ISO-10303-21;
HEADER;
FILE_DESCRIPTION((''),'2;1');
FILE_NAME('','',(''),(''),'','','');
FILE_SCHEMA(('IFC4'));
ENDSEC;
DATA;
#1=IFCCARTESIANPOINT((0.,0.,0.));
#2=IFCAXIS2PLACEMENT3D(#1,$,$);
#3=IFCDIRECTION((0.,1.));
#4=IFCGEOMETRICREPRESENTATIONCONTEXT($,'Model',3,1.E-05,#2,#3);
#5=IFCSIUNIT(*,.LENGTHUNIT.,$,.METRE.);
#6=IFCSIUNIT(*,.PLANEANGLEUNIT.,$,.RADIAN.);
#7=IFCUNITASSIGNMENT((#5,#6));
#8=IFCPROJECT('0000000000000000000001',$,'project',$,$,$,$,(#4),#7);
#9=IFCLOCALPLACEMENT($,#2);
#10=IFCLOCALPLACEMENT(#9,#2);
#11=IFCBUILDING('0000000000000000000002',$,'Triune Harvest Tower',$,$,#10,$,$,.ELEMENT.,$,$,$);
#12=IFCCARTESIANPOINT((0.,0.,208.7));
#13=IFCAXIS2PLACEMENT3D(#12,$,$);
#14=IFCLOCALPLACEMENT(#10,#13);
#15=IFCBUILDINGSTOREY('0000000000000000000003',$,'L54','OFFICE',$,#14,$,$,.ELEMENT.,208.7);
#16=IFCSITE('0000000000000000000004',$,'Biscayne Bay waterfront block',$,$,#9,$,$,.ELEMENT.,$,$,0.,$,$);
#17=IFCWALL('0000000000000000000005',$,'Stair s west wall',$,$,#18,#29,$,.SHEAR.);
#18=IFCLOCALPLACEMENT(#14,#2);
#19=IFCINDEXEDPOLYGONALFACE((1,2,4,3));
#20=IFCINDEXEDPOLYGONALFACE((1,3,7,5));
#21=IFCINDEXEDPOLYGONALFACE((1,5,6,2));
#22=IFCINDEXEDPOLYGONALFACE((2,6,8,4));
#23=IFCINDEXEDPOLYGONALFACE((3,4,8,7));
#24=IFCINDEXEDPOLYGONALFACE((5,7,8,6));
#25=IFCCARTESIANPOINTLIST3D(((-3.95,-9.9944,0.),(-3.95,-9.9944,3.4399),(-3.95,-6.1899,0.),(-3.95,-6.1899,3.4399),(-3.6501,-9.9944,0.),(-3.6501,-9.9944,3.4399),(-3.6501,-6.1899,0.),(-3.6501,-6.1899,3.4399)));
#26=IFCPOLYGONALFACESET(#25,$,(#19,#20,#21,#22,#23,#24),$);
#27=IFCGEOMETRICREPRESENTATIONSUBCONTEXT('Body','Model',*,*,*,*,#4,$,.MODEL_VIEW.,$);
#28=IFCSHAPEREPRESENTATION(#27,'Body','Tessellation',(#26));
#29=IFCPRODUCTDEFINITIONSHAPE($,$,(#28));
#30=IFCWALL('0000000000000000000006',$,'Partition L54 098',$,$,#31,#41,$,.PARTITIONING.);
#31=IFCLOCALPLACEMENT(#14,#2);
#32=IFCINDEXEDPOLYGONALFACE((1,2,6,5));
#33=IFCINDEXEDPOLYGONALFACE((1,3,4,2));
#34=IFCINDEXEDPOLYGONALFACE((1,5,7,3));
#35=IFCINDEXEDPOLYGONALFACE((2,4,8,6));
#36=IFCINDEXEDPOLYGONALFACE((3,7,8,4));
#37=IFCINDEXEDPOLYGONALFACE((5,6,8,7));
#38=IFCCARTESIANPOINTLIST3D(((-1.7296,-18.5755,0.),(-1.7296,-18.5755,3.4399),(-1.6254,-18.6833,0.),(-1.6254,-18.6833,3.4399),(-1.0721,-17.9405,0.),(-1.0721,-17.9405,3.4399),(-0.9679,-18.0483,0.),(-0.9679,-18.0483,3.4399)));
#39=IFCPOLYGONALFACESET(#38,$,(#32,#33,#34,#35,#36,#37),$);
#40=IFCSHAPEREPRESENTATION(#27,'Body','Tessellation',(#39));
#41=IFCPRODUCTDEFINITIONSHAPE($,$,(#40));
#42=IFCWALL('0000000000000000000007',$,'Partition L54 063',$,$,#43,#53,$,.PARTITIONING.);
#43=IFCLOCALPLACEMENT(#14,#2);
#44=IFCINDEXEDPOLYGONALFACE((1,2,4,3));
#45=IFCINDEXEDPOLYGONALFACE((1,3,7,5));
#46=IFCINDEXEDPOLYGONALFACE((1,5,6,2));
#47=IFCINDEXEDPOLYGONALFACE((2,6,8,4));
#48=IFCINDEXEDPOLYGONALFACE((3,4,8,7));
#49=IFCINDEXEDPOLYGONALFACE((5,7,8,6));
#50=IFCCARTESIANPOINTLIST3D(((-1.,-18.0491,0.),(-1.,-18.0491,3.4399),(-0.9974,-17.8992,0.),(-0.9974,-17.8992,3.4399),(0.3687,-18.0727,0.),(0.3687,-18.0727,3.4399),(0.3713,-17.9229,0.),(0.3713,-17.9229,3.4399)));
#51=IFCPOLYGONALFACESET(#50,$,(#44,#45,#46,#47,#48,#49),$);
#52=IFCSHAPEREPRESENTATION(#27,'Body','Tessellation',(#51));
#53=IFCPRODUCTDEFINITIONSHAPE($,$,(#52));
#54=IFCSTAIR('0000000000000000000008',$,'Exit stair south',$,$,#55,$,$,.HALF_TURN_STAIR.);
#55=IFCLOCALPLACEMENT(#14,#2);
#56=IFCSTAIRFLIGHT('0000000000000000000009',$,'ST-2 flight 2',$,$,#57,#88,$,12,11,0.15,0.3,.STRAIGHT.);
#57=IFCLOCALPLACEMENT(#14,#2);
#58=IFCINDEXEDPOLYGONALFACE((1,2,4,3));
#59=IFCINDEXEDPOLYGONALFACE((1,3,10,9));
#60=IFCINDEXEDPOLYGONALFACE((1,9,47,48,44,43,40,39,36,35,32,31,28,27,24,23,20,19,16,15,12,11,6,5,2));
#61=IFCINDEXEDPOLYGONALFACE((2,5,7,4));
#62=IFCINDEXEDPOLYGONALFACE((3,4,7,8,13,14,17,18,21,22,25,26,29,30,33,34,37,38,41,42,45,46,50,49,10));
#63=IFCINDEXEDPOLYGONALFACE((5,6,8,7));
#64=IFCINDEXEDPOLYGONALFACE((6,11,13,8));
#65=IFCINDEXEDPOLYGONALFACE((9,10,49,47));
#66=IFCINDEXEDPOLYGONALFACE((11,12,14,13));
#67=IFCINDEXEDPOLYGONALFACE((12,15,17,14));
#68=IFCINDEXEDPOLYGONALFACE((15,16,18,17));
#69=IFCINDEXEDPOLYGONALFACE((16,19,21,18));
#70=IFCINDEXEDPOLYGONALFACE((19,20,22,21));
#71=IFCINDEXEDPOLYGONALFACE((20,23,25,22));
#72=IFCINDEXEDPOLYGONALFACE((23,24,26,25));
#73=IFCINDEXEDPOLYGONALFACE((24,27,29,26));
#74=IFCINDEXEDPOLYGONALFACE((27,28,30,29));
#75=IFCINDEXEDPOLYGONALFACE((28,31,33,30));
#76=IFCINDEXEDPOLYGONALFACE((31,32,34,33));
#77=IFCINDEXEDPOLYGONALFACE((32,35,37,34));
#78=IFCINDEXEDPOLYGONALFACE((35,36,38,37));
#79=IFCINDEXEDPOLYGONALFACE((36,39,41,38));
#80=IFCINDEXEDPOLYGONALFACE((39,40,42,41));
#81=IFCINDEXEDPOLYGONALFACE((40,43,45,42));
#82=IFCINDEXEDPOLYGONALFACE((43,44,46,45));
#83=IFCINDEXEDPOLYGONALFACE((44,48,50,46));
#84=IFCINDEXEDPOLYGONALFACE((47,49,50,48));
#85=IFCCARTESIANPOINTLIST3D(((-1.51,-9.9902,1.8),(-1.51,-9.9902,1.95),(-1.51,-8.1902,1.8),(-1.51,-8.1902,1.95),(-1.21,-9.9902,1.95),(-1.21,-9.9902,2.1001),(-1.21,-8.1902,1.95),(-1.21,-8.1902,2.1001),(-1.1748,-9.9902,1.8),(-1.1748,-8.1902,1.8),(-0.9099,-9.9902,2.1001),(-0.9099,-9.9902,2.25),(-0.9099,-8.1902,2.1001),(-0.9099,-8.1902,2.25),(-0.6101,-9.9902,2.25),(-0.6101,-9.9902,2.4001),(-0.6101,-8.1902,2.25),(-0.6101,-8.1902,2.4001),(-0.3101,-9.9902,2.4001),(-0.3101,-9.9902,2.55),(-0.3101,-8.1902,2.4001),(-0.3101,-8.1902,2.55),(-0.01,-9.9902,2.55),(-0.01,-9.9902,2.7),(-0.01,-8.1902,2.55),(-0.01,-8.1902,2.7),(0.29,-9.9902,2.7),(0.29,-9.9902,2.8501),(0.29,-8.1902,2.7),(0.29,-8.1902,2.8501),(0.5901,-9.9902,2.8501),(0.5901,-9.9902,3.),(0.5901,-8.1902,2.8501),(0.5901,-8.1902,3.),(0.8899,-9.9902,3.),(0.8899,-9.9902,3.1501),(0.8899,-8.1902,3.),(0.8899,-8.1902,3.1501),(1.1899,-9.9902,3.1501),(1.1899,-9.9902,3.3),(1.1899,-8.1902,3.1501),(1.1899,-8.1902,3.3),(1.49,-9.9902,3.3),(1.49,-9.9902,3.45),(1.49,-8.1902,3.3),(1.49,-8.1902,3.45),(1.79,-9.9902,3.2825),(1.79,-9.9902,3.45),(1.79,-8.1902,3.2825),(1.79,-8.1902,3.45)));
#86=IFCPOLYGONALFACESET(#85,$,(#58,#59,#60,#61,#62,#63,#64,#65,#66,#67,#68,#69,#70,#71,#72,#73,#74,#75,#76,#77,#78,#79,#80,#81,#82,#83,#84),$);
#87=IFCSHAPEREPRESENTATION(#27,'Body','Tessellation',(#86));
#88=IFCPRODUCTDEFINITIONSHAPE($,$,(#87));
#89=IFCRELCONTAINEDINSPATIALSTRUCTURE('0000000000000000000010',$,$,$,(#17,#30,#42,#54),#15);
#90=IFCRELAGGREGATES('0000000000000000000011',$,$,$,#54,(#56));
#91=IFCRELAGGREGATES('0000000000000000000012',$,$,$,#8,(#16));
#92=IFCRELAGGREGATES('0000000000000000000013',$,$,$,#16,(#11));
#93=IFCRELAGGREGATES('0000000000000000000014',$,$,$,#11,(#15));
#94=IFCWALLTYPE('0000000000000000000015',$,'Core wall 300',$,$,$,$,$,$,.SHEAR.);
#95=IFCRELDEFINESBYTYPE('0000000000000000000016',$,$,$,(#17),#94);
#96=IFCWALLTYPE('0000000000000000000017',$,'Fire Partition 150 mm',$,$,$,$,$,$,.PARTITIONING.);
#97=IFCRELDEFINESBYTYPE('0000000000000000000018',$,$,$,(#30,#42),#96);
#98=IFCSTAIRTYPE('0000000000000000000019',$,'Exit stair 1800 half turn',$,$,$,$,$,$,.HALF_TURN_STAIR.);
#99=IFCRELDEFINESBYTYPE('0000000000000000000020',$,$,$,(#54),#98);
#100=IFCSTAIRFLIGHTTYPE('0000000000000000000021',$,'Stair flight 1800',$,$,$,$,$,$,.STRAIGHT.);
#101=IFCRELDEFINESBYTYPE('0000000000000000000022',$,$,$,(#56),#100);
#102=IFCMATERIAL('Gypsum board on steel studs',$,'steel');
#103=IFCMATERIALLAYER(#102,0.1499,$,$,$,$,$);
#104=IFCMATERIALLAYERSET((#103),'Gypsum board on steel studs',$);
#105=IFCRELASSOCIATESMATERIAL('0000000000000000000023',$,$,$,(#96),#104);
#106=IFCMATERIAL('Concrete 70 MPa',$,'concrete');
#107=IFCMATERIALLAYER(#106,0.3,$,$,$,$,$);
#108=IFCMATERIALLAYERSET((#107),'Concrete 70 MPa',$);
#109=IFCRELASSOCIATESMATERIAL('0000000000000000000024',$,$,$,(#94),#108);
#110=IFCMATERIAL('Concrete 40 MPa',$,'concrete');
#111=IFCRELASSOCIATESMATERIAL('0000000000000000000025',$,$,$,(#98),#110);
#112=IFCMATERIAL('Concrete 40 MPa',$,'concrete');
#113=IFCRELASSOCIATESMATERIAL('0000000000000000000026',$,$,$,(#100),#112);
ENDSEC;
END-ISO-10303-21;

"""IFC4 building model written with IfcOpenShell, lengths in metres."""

from ifc_helpers import new_model, si_unit, direction, frame, frame_2d, origin, place, context, subcontext, project, spatial, polyline, rectangle, outline, extrude, source, transform, mapped, material, layer, layer_set, type_object, element, aggregate, save


model = new_model("IFC4")

# Units and contexts
model_context = context("Model", 3, precision=1e-05, world=origin(), true_north=direction((0.0, 1.0)))
body_context = subcontext(model_context, "Body", "Model", "MODEL_VIEW")
ifc_project = project(units=[si_unit("LENGTHUNIT", "METRE"), si_unit("PLANEANGLEUNIT", "RADIAN")], contexts=[model_context])

# Site, building, storey
site_placement = place(None, origin())
site = spatial("IfcSite", under=ifc_project, at=site_placement, Name="Biscayne Bay waterfront block", CompositionType="ELEMENT", RefElevation=0.0)
building_placement = place(site_placement, origin())
building = spatial("IfcBuilding", under=site, at=building_placement, Name="Triune Harvest Tower", CompositionType="ELEMENT")
storey_placement = place(building_placement, frame((0.0, 0.0, 208.7)))
storey = spatial("IfcBuildingStorey", under=building, at=storey_placement, Name="L54", Description="OFFICE", CompositionType="ELEMENT", Elevation=208.7)

# Shared definitions
ifc_material_1 = material(Name="Gypsum board on steel studs", Category="steel")
ifc_layer_1 = layer(ifc_material_1, 0.1499)
ifc_layer_set_1 = layer_set([ifc_layer_1], Name="Gypsum board on steel studs")
wall_type_1 = type_object("IfcWallType", Name="Fire Partition 150 mm", PredefinedType="PARTITIONING", material=ifc_layer_set_1)

# Walls
ifc_material_2 = material(Name="Concrete 70 MPa", Category="concrete")
ifc_layer_2 = layer(ifc_material_2, 0.3)
ifc_layer_set_2 = layer_set([ifc_layer_2], Name="Concrete 70 MPa")
wall_type_2 = type_object("IfcWallType", Name="Core wall 300", PredefinedType="SHEAR", material=ifc_layer_set_2)
shared_shape_1 = source(origin(), body_context, "Body", "SweptSolid", [
    extrude(outline(polyline([(3.8, -0.1499), (-0.0044, -0.1499), (-0.0044, 0.1499), (3.8, 0.1499), (3.8, -0.1499)])), origin(), (0.0, 0.0, 1.0), 3.4399),
])
wall_1_placement = place(storey_placement, frame((-3.8, -9.99, 0.0), z_axis=(0.0, 0.0, 1.0), x_axis=(0.0, 1.0, 0.0)))
element("IfcWall", 1, at=wall_1_placement, inside=storey, type_object=wall_type_2, Name="Stair s west wall", PredefinedType="SHEAR", context=body_context, shape_type="MappedRepresentation", body=[
    mapped(shared_shape_1, transform((0.0, 0.0, 0.0), scale=1.0)),
])
shared_shape_2 = source(origin(), body_context, "Body", "SweptSolid", [
    extrude(rectangle(XDim=0.9141, YDim=0.1499, at=frame_2d((0.457, 0.0))), origin(), (0.0, 0.0, 1.0), 3.4399),
])
wall_2_placement = place(storey_placement, frame((-1.6775, -18.6294, 0.0), z_axis=(0.0, 0.0, 1.0), x_axis=(0.719286, 0.694714, 0.0)))
element("IfcWall", 2, at=wall_2_placement, inside=storey, type_object=wall_type_1, Name="Partition L54 098", PredefinedType="PARTITIONING", context=body_context, shape_type="MappedRepresentation", body=[
    mapped(shared_shape_2, transform((0.0, 0.0, 0.0), scale=1.0)),
])
shared_shape_3 = source(origin(), body_context, "Body", "SweptSolid", [
    extrude(rectangle(XDim=1.3689, YDim=0.1499, at=frame_2d((0.6846, 0.0))), origin(), (0.0, 0.0, 1.0), 3.4399),
])
wall_3_placement = place(storey_placement, frame((-0.9988, -17.9741, 0.0), z_axis=(0.0, 0.0, 1.0), x_axis=(0.99985, -0.0173, 0.0)))
element("IfcWall", 3, at=wall_3_placement, inside=storey, type_object=wall_type_1, Name="Partition L54 063", PredefinedType="PARTITIONING", context=body_context, shape_type="MappedRepresentation", body=[
    mapped(shared_shape_3, transform((0.0, 0.0, 0.0), scale=1.0)),
])

# Stair, stair flight
ifc_material_3 = material(Name="Concrete 40 MPa", Category="concrete")
stair_type = type_object("IfcStairType", Name="Exit stair 1800 half turn", PredefinedType="HALF_TURN_STAIR", material=ifc_material_3)
stair_placement = place(storey_placement, origin())
stair = element("IfcStair", 4, at=stair_placement, inside=storey, type_object=stair_type, Name="Exit stair south", PredefinedType="HALF_TURN_STAIR")
ifc_material_4 = material(Name="Concrete 40 MPa", Category="concrete")
stair_flight_type = type_object("IfcStairFlightType", Name="Stair flight 1800", PredefinedType="STRAIGHT", material=ifc_material_4)
shared_shape_4 = source(origin(), body_context, "Body", "SweptSolid", [
    extrude(outline(polyline([(0.0, 0.0), (0.0, 0.1499), (0.3, 0.1499), (0.3, 0.3), (0.6001, 0.3), (0.6001, 0.45), (0.8999, 0.45), (0.8999, 0.6001), (1.2, 0.6001), (1.2, 0.75), (1.5, 0.75), (1.5, 0.8999), (1.8, 0.8999), (1.8, 1.05), (2.1001, 1.05), (2.1001, 1.2), (2.3999, 1.2), (2.3999, 1.3501), (2.7, 1.3501), (2.7, 1.5), (3.0, 1.5), (3.0, 1.6499), (3.3, 1.6499), (3.3, 1.8), (3.3, 1.4824), (0.3352, 0.0), (0.0, 0.0)])), frame((0.0, 0.8999, 0.0), z_axis=(0.0, -1.0, 0.0), x_axis=(1.0, 0.0, 0.0)), (0.0, 0.0, 1.0), 1.8),
])
stair_flight_placement = place(storey_placement, frame((-1.51, -9.0901, 1.8), z_axis=(0.0, 0.0, 1.0), x_axis=(1.0, 0.0, 0.0)))
stair_flight = element("IfcStairFlight", 5, at=stair_flight_placement, type_object=stair_flight_type, Name="ST-2 flight 2", NumberOfRisers=12, NumberOfTreads=11, PredefinedType="STRAIGHT", RiserHeight=0.15, TreadLength=0.3, context=body_context, shape_type="MappedRepresentation", body=[
    mapped(shared_shape_4, transform((0.0, 0.0, 0.0), scale=1.0)),
])
aggregate(stair, [stair_flight])

save(model, "model.ifc")
